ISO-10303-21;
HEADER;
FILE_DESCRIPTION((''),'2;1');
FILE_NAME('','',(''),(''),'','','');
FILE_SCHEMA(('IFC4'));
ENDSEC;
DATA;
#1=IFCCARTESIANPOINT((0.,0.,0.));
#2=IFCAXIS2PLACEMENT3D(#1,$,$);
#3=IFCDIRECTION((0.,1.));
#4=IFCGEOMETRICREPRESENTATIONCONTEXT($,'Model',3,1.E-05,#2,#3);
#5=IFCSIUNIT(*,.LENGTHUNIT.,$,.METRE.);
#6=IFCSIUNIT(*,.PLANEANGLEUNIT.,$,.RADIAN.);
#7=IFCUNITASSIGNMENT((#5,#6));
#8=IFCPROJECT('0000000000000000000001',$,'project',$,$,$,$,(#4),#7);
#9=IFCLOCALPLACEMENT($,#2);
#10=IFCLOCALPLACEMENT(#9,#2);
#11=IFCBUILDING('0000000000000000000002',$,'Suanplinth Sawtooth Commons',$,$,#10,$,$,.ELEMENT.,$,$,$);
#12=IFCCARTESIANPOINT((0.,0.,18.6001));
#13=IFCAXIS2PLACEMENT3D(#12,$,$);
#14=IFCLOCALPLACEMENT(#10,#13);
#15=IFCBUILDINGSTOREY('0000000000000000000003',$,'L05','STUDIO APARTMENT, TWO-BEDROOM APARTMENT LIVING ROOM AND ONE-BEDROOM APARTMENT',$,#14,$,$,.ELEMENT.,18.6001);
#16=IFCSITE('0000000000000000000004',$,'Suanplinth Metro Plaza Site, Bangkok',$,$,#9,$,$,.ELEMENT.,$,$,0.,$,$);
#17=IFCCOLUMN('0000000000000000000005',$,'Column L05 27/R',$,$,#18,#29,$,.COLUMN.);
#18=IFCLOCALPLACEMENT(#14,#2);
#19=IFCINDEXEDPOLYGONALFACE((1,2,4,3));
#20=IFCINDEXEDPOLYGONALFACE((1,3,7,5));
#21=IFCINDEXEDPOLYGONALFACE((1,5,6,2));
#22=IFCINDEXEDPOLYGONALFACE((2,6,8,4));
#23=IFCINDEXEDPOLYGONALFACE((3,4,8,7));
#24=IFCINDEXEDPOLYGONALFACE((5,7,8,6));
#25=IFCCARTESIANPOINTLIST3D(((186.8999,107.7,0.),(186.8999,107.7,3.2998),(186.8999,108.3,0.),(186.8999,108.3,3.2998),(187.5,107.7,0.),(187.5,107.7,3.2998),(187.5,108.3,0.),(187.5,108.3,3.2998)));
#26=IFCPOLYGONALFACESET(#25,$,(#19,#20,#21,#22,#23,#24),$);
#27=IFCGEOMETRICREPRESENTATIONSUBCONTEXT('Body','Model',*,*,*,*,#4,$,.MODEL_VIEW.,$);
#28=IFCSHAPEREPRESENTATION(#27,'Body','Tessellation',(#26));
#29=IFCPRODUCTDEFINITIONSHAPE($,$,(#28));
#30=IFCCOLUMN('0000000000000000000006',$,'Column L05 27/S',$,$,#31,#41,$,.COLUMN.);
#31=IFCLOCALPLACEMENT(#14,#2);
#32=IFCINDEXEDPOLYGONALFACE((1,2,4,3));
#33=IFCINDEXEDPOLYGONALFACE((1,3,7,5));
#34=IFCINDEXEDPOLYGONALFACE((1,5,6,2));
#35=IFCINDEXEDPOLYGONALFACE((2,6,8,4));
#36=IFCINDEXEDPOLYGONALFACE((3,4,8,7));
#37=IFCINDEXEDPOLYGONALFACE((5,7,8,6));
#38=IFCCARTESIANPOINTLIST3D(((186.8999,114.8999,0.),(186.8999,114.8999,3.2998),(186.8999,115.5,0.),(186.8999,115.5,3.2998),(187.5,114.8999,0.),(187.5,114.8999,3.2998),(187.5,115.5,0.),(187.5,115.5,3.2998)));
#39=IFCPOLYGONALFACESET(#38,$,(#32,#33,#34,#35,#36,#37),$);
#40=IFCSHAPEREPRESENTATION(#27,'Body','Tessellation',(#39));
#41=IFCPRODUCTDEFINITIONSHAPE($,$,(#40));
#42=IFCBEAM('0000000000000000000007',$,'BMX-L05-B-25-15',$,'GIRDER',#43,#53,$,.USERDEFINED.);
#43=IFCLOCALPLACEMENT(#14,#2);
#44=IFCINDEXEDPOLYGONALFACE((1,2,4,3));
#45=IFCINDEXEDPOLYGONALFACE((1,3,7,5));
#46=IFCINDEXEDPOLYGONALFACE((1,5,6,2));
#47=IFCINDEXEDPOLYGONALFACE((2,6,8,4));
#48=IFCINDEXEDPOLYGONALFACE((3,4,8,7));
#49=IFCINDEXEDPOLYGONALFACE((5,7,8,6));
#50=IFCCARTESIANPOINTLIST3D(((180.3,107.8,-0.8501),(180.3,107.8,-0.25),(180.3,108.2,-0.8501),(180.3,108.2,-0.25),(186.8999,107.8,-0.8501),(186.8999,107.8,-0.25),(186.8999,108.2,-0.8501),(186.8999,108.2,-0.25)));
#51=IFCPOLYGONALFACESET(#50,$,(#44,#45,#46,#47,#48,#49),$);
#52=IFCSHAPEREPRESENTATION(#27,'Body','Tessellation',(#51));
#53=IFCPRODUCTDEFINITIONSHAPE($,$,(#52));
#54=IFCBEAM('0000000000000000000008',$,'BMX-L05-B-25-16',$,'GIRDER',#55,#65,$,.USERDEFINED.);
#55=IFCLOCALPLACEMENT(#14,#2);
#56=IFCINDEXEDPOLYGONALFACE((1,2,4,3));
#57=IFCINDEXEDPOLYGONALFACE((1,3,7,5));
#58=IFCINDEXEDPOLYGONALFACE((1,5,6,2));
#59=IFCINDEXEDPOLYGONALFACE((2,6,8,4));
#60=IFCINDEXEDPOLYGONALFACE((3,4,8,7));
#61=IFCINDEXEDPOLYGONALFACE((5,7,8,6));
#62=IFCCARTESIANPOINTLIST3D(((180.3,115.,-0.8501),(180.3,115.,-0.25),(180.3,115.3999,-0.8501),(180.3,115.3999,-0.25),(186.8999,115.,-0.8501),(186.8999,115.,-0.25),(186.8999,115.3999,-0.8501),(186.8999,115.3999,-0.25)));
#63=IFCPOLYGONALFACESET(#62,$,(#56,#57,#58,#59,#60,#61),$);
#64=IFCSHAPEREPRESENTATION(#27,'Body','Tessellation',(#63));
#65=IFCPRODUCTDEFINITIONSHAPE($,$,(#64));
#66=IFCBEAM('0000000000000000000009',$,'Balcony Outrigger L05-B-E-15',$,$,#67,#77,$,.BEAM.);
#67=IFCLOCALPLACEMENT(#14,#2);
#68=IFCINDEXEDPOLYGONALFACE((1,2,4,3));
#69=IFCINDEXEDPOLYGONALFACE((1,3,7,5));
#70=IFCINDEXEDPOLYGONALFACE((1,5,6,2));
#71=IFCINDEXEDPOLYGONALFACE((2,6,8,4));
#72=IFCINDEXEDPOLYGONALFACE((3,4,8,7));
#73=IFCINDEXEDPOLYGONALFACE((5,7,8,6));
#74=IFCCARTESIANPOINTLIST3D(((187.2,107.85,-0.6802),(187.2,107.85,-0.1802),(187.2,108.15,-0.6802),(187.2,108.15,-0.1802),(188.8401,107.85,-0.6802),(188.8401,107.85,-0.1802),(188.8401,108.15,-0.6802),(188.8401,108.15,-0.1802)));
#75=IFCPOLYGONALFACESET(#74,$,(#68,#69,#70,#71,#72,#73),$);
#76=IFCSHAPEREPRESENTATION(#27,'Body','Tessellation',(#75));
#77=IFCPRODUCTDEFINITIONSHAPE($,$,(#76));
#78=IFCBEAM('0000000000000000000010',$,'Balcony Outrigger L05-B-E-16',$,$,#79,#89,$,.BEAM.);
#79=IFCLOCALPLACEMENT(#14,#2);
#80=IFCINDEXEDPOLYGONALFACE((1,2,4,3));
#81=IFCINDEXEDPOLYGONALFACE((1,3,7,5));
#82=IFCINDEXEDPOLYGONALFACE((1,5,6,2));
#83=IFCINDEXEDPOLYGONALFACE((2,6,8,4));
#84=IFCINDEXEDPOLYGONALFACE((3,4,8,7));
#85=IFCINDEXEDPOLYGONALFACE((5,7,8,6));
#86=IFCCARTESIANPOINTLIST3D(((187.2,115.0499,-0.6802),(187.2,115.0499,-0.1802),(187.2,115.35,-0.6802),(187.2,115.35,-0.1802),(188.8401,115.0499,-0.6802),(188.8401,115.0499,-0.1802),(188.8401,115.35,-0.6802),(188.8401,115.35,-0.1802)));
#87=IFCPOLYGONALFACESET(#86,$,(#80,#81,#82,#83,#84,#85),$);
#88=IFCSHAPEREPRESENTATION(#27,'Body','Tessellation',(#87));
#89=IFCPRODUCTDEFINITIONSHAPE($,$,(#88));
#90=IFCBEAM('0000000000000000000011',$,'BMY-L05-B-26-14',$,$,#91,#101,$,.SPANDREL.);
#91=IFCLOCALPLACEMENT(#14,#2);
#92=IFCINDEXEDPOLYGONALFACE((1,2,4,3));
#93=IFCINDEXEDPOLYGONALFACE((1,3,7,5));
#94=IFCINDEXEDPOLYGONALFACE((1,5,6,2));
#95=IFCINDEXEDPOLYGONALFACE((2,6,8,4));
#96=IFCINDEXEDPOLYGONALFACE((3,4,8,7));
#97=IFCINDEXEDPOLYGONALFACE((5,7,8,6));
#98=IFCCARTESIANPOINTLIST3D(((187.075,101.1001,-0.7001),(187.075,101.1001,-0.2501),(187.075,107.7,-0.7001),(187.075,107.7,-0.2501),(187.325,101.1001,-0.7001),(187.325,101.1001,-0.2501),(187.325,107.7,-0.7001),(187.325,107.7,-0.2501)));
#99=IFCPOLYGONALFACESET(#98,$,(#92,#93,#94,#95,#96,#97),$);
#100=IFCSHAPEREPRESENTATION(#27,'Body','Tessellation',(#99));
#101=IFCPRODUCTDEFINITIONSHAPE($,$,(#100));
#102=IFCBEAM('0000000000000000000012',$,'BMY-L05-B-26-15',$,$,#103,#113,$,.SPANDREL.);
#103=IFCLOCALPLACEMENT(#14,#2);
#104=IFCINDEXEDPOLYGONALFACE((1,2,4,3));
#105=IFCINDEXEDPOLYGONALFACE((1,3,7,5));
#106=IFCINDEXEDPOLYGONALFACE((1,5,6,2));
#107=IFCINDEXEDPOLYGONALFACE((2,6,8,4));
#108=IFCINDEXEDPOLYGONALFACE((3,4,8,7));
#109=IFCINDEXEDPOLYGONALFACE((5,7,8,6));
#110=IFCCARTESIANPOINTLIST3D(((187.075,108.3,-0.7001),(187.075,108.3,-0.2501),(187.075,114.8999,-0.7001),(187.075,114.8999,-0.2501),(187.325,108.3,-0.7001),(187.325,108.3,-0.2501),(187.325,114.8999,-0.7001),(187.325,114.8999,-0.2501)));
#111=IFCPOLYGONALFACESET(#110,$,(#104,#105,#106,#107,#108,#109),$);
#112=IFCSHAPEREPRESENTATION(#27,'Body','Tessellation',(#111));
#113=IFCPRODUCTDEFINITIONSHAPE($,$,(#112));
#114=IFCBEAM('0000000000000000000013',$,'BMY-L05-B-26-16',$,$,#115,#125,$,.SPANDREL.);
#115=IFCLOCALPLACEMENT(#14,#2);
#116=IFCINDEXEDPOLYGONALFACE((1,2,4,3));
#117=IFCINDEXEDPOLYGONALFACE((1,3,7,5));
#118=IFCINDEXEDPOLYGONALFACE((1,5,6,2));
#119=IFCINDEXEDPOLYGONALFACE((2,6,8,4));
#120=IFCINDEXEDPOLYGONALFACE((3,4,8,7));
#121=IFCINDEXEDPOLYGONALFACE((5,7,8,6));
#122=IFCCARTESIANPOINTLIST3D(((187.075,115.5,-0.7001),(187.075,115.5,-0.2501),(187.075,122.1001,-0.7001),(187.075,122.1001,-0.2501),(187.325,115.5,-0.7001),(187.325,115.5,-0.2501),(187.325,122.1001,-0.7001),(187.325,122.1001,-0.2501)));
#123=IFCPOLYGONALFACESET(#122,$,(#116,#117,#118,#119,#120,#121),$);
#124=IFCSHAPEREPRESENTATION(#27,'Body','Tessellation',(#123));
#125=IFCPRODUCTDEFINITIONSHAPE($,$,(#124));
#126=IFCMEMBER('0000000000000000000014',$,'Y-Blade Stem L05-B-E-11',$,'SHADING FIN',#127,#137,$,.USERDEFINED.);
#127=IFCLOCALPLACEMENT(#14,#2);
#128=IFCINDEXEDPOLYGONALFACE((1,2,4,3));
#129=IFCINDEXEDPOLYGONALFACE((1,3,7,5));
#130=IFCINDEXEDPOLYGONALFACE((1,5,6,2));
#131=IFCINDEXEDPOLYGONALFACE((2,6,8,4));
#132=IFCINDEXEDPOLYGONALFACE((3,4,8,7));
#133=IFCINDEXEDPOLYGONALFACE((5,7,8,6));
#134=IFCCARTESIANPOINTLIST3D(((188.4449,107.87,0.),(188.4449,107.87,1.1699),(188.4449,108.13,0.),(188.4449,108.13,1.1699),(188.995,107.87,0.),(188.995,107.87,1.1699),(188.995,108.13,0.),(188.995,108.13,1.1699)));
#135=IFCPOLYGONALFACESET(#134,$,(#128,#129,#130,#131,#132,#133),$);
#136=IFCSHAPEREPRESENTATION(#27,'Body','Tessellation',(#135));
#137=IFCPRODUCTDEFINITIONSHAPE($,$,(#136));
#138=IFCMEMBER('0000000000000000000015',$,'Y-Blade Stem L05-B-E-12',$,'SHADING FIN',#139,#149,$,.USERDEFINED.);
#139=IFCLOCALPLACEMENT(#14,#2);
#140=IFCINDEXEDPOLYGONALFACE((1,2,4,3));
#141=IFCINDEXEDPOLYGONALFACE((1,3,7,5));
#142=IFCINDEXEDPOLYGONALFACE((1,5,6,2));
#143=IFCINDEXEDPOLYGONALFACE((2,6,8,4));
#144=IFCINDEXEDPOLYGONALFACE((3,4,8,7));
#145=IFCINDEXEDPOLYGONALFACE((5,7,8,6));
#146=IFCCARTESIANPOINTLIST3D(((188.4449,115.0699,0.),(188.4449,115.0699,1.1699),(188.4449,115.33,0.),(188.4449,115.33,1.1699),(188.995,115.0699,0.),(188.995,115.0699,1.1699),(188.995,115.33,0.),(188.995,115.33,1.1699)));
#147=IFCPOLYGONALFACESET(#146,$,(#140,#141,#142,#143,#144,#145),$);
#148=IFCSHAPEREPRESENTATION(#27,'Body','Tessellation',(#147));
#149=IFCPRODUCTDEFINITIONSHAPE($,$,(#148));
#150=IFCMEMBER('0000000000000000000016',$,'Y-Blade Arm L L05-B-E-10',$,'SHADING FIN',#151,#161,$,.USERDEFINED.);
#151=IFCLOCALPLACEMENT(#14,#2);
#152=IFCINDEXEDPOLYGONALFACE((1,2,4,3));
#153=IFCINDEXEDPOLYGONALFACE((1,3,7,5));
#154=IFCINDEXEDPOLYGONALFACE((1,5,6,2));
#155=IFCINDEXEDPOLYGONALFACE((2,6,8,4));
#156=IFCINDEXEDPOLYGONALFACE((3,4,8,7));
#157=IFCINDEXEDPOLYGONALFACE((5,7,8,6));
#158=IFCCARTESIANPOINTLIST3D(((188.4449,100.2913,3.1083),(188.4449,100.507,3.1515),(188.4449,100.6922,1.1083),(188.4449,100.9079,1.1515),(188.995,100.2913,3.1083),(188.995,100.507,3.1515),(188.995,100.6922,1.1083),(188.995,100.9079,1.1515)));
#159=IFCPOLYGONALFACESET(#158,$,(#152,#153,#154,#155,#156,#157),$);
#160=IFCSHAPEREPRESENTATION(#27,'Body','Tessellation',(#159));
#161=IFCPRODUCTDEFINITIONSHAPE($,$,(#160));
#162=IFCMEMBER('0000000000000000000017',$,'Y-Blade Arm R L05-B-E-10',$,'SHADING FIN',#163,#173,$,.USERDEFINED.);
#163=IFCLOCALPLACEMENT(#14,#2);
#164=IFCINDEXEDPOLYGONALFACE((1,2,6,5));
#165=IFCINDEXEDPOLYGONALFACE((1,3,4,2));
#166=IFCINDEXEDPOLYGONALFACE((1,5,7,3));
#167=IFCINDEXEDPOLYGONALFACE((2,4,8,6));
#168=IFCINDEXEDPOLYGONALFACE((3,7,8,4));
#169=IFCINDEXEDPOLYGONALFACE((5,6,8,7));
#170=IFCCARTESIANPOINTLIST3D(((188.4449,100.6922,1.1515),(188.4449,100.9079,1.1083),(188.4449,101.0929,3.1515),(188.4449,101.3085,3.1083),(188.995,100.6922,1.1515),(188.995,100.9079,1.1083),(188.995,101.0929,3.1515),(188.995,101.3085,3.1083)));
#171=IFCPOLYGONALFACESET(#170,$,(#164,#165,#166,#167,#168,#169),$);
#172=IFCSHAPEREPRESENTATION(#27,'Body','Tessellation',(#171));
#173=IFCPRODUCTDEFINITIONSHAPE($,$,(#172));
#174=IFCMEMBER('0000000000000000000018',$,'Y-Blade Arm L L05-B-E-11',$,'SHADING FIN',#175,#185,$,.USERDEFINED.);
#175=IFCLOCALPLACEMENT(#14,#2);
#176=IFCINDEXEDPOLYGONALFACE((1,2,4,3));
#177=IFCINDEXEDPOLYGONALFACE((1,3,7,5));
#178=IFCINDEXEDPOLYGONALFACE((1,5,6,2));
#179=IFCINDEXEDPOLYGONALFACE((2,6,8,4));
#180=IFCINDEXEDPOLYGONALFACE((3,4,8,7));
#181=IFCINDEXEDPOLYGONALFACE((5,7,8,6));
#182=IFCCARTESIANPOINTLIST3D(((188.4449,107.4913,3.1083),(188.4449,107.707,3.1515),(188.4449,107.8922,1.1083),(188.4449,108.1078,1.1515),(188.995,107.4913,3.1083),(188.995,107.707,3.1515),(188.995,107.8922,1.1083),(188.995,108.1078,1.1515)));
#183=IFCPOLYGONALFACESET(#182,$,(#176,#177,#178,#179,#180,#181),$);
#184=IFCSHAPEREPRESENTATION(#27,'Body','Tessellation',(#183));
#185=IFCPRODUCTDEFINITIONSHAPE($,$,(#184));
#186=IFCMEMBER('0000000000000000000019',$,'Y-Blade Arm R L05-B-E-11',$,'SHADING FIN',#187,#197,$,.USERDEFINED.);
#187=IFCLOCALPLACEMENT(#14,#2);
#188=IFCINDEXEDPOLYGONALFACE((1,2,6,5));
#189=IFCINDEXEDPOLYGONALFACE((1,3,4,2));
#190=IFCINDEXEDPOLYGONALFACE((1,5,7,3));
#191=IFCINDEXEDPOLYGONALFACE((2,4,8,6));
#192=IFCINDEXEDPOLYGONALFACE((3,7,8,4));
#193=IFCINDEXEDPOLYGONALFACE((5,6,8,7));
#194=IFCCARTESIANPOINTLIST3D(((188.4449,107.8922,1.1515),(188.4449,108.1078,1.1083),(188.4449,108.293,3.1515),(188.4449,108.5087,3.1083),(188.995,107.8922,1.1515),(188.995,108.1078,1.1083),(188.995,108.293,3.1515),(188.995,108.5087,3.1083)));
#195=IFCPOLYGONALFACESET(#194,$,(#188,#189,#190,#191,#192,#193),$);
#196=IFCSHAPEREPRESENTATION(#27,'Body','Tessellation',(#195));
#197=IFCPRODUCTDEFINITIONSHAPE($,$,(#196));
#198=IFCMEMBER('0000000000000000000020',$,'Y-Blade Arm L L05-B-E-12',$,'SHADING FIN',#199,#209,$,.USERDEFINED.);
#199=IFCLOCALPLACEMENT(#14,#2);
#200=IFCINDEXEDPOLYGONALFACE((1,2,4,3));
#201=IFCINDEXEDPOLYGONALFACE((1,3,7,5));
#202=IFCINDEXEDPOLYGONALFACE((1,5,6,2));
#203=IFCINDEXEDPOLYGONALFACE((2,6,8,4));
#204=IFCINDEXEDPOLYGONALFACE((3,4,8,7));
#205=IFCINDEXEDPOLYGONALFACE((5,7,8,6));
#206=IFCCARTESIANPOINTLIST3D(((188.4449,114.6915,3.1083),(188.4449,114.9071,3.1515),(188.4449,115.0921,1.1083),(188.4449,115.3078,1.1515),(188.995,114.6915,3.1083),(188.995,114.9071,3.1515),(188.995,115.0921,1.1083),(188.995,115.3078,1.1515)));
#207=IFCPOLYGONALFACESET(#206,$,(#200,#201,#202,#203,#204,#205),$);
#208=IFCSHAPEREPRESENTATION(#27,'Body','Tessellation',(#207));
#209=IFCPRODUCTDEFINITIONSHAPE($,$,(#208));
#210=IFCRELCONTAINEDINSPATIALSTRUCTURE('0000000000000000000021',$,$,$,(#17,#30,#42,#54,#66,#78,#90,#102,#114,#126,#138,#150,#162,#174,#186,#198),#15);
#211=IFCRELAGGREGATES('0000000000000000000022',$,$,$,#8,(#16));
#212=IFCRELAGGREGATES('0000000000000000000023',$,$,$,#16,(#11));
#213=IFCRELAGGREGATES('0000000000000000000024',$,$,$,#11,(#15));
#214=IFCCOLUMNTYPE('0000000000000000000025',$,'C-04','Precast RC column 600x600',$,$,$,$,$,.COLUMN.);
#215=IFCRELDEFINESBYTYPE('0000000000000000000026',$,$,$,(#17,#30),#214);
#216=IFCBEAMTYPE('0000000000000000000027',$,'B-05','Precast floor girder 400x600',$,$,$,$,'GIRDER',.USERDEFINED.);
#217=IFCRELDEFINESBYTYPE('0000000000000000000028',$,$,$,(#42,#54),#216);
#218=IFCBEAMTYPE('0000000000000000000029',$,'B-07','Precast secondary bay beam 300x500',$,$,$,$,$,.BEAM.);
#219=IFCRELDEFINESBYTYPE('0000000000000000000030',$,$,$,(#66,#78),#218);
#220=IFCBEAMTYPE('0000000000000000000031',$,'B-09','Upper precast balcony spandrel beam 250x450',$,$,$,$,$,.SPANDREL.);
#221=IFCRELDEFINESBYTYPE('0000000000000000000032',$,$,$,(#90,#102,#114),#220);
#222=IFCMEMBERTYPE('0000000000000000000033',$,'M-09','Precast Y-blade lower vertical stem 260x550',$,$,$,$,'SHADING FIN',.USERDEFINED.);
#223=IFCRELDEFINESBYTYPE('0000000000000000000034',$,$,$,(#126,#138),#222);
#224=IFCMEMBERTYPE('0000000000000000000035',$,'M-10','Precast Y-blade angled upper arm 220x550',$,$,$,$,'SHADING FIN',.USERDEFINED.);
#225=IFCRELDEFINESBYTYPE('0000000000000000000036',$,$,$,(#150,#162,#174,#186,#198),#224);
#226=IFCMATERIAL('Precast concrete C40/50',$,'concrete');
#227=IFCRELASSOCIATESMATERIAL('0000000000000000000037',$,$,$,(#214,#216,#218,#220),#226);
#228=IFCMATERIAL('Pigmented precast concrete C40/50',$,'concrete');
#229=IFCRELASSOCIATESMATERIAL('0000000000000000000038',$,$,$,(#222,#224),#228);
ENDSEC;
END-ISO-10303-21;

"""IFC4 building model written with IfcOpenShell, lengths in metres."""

from ifc_helpers import new_model, si_unit, direction, frame, origin, origin_2d, place, context, subcontext, project, spatial, rectangle, extrude, material, material_profile, profile_set, type_object, element, save


model = new_model("IFC4")

# Units and contexts
model_context = context("Model", 3, precision=1e-05, world=origin(), true_north=direction((0.0, 1.0)))
body_context = subcontext(model_context, "Body", "Model", "MODEL_VIEW")
ifc_project = project(units=[si_unit("LENGTHUNIT", "METRE"), si_unit("PLANEANGLEUNIT", "RADIAN")], contexts=[model_context])

# Site, building, storey
site_placement = place(None, origin())
site = spatial("IfcSite", under=ifc_project, at=site_placement, Name="Suanplinth Metro Plaza Site, Bangkok", CompositionType="ELEMENT", RefElevation=0.0)
building_placement = place(site_placement, origin())
building = spatial("IfcBuilding", under=site, at=building_placement, Name="Suanplinth Sawtooth Commons", CompositionType="ELEMENT")
storey_placement = place(building_placement, frame((0.0, 0.0, 18.6001)))
storey = spatial("IfcBuildingStorey", under=building, at=storey_placement, Name="L05", Description="STUDIO APARTMENT, TWO-BEDROOM APARTMENT LIVING ROOM AND ONE-BEDROOM APARTMENT", CompositionType="ELEMENT", Elevation=18.6001)

# Columns
ifc_material_1 = material(Name="Precast concrete C40/50", Category="concrete")
ifc_material_profile_1 = material_profile(ifc_material_1, rectangle(XDim=0.6001, YDim=0.6001, at=origin_2d()), Name="PC-COL 600x600")
ifc_profile_set_1 = profile_set([ifc_material_profile_1], Name="Precast concrete C40/50")
column_type = type_object("IfcColumnType", Name="C-04", Description="Precast RC column 600x600", PredefinedType="COLUMN", material=ifc_profile_set_1)
for number, where, z_axis, x_axis, name in (
    (1, (187.2, 108.0, 0.0), (0.0, 0.0, 1.0), (1.0, 0.0, 0.0), "Column L05 27/R"),
    (2, (187.2, 115.2, 0.0), (0.0, 0.0, 1.0), (1.0, 0.0, 0.0), "Column L05 27/S"),
):
    element("IfcColumn", number, at=place(storey_placement, frame(where, z_axis=z_axis, x_axis=x_axis)), inside=storey, type_object=column_type, Name=name, PredefinedType="COLUMN", context=body_context, shape_type="SweptSolid", body=[
        extrude(rectangle(XDim=0.6001, YDim=0.6001, at=origin_2d()), origin(), (0.0, 0.0, 1.0), 3.2998),
    ])

# Beams
ifc_material_profile_2 = material_profile(ifc_material_1, rectangle(XDim=0.3999, YDim=0.6001, at=origin_2d()), Name="PC-GDR 400x600")
ifc_profile_set_2 = profile_set([ifc_material_profile_2], Name="Precast concrete C40/50")
beam_type_1 = type_object("IfcBeamType", Name="B-05", Description="Precast floor girder 400x600", ElementType="GIRDER", PredefinedType="USERDEFINED", material=ifc_profile_set_2)
for number, where, z_axis, x_axis, name in (
    (3, (180.3, 108.0, -0.55), (1.0, 0.0, 0.0), (0.0, 1.0, 0.0), "BMX-L05-B-25-15"),
    (4, (180.3, 115.2, -0.55), (1.0, 0.0, 0.0), (0.0, 1.0, 0.0), "BMX-L05-B-25-16"),
):
    element("IfcBeam", number, at=place(storey_placement, frame(where, z_axis=z_axis, x_axis=x_axis)), inside=storey, type_object=beam_type_1, Name=name, ObjectType="GIRDER", PredefinedType="USERDEFINED", context=body_context, shape_type="SweptSolid", body=[
        extrude(rectangle(XDim=0.3999, YDim=0.6001, at=origin_2d()), origin(), (0.0, 0.0, 1.0), 6.5999),
    ])
ifc_material_profile_3 = material_profile(ifc_material_1, rectangle(XDim=0.3, YDim=0.5, at=origin_2d()), Name="PC-BM 300x500")
ifc_profile_set_3 = profile_set([ifc_material_profile_3], Name="Precast concrete C40/50")
beam_type_2 = type_object("IfcBeamType", Name="B-07", Description="Precast secondary bay beam 300x500", PredefinedType="BEAM", material=ifc_profile_set_3)
for number, where, z_axis, x_axis, name in (
    (5, (187.2, 108.0, -0.4302), (1.0, 0.0, 0.0), (0.0, 1.0, 0.0), "Balcony Outrigger L05-B-E-15"),
    (6, (187.2, 115.2, -0.4302), (1.0, 0.0, 0.0), (0.0, 1.0, 0.0), "Balcony Outrigger L05-B-E-16"),
):
    element("IfcBeam", number, at=place(storey_placement, frame(where, z_axis=z_axis, x_axis=x_axis)), inside=storey, type_object=beam_type_2, Name=name, PredefinedType="BEAM", context=body_context, shape_type="SweptSolid", body=[
        extrude(rectangle(XDim=0.3, YDim=0.5, at=origin_2d()), origin(), (0.0, 0.0, 1.0), 1.6401),
    ])
ifc_material_profile_4 = material_profile(ifc_material_1, rectangle(XDim=0.25, YDim=0.45, at=origin_2d()), Name="PC-SP 250x450")
ifc_profile_set_4 = profile_set([ifc_material_profile_4], Name="Precast concrete C40/50")
beam_type_3 = type_object("IfcBeamType", Name="B-09", Description="Upper precast balcony spandrel beam 250x450", PredefinedType="SPANDREL", material=ifc_profile_set_4)
for number, where, z_axis, x_axis, name in (
    (7, (187.2, 101.1001, -0.4751), (0.0, 1.0, 0.0), (-1.0, 0.0, 0.0), "BMY-L05-B-26-14"),
    (8, (187.2, 108.3, -0.4751), (0.0, 1.0, 0.0), (-1.0, 0.0, 0.0), "BMY-L05-B-26-15"),
):
    element("IfcBeam", number, at=place(storey_placement, frame(where, z_axis=z_axis, x_axis=x_axis)), inside=storey, type_object=beam_type_3, Name=name, PredefinedType="SPANDREL", context=body_context, shape_type="SweptSolid", body=[
        extrude(rectangle(XDim=0.25, YDim=0.45, at=origin_2d()), origin(), (0.0, 0.0, 1.0), 6.5999),
    ])
beam_placement = place(storey_placement, frame((187.2, 115.5, -0.4751), z_axis=(0.0, 1.0, 0.0), x_axis=(-1.0, 0.0, 0.0)))
element("IfcBeam", 9, at=beam_placement, inside=storey, type_object=beam_type_3, Name="BMY-L05-B-26-16", PredefinedType="SPANDREL", context=body_context, shape_type="SweptSolid", body=[
    extrude(rectangle(XDim=0.25, YDim=0.45, at=origin_2d()), origin(), (0.0, 0.0, 1.0), 6.6001),
])

# Members
ifc_material_2 = material(Name="Pigmented precast concrete C40/50", Category="concrete")
ifc_material_profile_5 = material_profile(ifc_material_2, rectangle(XDim=0.26, YDim=0.55, at=origin_2d()), Name="PC-FIN 260x550")
ifc_profile_set_5 = profile_set([ifc_material_profile_5], Name="Pigmented precast concrete C40/50")
member_type_1 = type_object("IfcMemberType", Name="M-09", Description="Precast Y-blade lower vertical stem 260x550", ElementType="SHADING FIN", PredefinedType="USERDEFINED", material=ifc_profile_set_5)
for number, where, z_axis, x_axis, name in (
    (10, (188.72, 108.0, 0.0), (0.0, 0.0, 1.0), (0.0, 1.0, 0.0), "Y-Blade Stem L05-B-E-11"),
    (11, (188.72, 115.2, 0.0), (0.0, 0.0, 1.0), (0.0, 1.0, 0.0), "Y-Blade Stem L05-B-E-12"),
):
    element("IfcMember", number, at=place(storey_placement, frame(where, z_axis=z_axis, x_axis=x_axis)), inside=storey, type_object=member_type_1, Name=name, ObjectType="SHADING FIN", PredefinedType="USERDEFINED", context=body_context, shape_type="SweptSolid", body=[
        extrude(rectangle(XDim=0.26, YDim=0.55, at=origin_2d()), origin(), (0.0, 0.0, 1.0), 1.1699),
    ])
ifc_material_profile_6 = material_profile(ifc_material_2, rectangle(XDim=0.22, YDim=0.55, at=origin_2d()), Name="PC-FIN 220x550")
ifc_profile_set_6 = profile_set([ifc_material_profile_6], Name="Pigmented precast concrete C40/50")
member_type_2 = type_object("IfcMemberType", Name="M-10", Description="Precast Y-blade angled upper arm 220x550", ElementType="SHADING FIN", PredefinedType="USERDEFINED", material=ifc_profile_set_6)
for number, where, z_axis, x_axis, name in (
    (12, (188.72, 100.8, 1.1299), (0.0, -0.19653, 0.980498), (0.0, 0.980498, 0.19653), "Y-Blade Arm L L05-B-E-10"),
    (13, (188.72, 100.8, 1.1299), (0.0, 0.196415, 0.980521), (0.0, -0.980521, 0.196415), "Y-Blade Arm R L05-B-E-10"),
    (14, (188.72, 108.0, 1.1299), (0.0, -0.19653, 0.980498), (0.0, 0.980498, 0.19653), "Y-Blade Arm L L05-B-E-11"),
    (15, (188.72, 108.0, 1.1299), (0.0, 0.19653, 0.980498), (0.0, -0.980498, 0.19653), "Y-Blade Arm R L05-B-E-11"),
    (16, (188.72, 115.2, 1.1299), (0.0, -0.196415, 0.980521), (0.0, 0.980521, 0.196415), "Y-Blade Arm L L05-B-E-12"),
):
    element("IfcMember", number, at=place(storey_placement, frame(where, z_axis=z_axis, x_axis=x_axis)), inside=storey, type_object=member_type_2, Name=name, ObjectType="SHADING FIN", PredefinedType="USERDEFINED", context=body_context, shape_type="SweptSolid", body=[
        extrude(rectangle(XDim=0.22, YDim=0.55, at=origin_2d()), origin(), (0.0, 0.0, 1.0), 2.0398),
    ])

save(model, "model.ifc")
